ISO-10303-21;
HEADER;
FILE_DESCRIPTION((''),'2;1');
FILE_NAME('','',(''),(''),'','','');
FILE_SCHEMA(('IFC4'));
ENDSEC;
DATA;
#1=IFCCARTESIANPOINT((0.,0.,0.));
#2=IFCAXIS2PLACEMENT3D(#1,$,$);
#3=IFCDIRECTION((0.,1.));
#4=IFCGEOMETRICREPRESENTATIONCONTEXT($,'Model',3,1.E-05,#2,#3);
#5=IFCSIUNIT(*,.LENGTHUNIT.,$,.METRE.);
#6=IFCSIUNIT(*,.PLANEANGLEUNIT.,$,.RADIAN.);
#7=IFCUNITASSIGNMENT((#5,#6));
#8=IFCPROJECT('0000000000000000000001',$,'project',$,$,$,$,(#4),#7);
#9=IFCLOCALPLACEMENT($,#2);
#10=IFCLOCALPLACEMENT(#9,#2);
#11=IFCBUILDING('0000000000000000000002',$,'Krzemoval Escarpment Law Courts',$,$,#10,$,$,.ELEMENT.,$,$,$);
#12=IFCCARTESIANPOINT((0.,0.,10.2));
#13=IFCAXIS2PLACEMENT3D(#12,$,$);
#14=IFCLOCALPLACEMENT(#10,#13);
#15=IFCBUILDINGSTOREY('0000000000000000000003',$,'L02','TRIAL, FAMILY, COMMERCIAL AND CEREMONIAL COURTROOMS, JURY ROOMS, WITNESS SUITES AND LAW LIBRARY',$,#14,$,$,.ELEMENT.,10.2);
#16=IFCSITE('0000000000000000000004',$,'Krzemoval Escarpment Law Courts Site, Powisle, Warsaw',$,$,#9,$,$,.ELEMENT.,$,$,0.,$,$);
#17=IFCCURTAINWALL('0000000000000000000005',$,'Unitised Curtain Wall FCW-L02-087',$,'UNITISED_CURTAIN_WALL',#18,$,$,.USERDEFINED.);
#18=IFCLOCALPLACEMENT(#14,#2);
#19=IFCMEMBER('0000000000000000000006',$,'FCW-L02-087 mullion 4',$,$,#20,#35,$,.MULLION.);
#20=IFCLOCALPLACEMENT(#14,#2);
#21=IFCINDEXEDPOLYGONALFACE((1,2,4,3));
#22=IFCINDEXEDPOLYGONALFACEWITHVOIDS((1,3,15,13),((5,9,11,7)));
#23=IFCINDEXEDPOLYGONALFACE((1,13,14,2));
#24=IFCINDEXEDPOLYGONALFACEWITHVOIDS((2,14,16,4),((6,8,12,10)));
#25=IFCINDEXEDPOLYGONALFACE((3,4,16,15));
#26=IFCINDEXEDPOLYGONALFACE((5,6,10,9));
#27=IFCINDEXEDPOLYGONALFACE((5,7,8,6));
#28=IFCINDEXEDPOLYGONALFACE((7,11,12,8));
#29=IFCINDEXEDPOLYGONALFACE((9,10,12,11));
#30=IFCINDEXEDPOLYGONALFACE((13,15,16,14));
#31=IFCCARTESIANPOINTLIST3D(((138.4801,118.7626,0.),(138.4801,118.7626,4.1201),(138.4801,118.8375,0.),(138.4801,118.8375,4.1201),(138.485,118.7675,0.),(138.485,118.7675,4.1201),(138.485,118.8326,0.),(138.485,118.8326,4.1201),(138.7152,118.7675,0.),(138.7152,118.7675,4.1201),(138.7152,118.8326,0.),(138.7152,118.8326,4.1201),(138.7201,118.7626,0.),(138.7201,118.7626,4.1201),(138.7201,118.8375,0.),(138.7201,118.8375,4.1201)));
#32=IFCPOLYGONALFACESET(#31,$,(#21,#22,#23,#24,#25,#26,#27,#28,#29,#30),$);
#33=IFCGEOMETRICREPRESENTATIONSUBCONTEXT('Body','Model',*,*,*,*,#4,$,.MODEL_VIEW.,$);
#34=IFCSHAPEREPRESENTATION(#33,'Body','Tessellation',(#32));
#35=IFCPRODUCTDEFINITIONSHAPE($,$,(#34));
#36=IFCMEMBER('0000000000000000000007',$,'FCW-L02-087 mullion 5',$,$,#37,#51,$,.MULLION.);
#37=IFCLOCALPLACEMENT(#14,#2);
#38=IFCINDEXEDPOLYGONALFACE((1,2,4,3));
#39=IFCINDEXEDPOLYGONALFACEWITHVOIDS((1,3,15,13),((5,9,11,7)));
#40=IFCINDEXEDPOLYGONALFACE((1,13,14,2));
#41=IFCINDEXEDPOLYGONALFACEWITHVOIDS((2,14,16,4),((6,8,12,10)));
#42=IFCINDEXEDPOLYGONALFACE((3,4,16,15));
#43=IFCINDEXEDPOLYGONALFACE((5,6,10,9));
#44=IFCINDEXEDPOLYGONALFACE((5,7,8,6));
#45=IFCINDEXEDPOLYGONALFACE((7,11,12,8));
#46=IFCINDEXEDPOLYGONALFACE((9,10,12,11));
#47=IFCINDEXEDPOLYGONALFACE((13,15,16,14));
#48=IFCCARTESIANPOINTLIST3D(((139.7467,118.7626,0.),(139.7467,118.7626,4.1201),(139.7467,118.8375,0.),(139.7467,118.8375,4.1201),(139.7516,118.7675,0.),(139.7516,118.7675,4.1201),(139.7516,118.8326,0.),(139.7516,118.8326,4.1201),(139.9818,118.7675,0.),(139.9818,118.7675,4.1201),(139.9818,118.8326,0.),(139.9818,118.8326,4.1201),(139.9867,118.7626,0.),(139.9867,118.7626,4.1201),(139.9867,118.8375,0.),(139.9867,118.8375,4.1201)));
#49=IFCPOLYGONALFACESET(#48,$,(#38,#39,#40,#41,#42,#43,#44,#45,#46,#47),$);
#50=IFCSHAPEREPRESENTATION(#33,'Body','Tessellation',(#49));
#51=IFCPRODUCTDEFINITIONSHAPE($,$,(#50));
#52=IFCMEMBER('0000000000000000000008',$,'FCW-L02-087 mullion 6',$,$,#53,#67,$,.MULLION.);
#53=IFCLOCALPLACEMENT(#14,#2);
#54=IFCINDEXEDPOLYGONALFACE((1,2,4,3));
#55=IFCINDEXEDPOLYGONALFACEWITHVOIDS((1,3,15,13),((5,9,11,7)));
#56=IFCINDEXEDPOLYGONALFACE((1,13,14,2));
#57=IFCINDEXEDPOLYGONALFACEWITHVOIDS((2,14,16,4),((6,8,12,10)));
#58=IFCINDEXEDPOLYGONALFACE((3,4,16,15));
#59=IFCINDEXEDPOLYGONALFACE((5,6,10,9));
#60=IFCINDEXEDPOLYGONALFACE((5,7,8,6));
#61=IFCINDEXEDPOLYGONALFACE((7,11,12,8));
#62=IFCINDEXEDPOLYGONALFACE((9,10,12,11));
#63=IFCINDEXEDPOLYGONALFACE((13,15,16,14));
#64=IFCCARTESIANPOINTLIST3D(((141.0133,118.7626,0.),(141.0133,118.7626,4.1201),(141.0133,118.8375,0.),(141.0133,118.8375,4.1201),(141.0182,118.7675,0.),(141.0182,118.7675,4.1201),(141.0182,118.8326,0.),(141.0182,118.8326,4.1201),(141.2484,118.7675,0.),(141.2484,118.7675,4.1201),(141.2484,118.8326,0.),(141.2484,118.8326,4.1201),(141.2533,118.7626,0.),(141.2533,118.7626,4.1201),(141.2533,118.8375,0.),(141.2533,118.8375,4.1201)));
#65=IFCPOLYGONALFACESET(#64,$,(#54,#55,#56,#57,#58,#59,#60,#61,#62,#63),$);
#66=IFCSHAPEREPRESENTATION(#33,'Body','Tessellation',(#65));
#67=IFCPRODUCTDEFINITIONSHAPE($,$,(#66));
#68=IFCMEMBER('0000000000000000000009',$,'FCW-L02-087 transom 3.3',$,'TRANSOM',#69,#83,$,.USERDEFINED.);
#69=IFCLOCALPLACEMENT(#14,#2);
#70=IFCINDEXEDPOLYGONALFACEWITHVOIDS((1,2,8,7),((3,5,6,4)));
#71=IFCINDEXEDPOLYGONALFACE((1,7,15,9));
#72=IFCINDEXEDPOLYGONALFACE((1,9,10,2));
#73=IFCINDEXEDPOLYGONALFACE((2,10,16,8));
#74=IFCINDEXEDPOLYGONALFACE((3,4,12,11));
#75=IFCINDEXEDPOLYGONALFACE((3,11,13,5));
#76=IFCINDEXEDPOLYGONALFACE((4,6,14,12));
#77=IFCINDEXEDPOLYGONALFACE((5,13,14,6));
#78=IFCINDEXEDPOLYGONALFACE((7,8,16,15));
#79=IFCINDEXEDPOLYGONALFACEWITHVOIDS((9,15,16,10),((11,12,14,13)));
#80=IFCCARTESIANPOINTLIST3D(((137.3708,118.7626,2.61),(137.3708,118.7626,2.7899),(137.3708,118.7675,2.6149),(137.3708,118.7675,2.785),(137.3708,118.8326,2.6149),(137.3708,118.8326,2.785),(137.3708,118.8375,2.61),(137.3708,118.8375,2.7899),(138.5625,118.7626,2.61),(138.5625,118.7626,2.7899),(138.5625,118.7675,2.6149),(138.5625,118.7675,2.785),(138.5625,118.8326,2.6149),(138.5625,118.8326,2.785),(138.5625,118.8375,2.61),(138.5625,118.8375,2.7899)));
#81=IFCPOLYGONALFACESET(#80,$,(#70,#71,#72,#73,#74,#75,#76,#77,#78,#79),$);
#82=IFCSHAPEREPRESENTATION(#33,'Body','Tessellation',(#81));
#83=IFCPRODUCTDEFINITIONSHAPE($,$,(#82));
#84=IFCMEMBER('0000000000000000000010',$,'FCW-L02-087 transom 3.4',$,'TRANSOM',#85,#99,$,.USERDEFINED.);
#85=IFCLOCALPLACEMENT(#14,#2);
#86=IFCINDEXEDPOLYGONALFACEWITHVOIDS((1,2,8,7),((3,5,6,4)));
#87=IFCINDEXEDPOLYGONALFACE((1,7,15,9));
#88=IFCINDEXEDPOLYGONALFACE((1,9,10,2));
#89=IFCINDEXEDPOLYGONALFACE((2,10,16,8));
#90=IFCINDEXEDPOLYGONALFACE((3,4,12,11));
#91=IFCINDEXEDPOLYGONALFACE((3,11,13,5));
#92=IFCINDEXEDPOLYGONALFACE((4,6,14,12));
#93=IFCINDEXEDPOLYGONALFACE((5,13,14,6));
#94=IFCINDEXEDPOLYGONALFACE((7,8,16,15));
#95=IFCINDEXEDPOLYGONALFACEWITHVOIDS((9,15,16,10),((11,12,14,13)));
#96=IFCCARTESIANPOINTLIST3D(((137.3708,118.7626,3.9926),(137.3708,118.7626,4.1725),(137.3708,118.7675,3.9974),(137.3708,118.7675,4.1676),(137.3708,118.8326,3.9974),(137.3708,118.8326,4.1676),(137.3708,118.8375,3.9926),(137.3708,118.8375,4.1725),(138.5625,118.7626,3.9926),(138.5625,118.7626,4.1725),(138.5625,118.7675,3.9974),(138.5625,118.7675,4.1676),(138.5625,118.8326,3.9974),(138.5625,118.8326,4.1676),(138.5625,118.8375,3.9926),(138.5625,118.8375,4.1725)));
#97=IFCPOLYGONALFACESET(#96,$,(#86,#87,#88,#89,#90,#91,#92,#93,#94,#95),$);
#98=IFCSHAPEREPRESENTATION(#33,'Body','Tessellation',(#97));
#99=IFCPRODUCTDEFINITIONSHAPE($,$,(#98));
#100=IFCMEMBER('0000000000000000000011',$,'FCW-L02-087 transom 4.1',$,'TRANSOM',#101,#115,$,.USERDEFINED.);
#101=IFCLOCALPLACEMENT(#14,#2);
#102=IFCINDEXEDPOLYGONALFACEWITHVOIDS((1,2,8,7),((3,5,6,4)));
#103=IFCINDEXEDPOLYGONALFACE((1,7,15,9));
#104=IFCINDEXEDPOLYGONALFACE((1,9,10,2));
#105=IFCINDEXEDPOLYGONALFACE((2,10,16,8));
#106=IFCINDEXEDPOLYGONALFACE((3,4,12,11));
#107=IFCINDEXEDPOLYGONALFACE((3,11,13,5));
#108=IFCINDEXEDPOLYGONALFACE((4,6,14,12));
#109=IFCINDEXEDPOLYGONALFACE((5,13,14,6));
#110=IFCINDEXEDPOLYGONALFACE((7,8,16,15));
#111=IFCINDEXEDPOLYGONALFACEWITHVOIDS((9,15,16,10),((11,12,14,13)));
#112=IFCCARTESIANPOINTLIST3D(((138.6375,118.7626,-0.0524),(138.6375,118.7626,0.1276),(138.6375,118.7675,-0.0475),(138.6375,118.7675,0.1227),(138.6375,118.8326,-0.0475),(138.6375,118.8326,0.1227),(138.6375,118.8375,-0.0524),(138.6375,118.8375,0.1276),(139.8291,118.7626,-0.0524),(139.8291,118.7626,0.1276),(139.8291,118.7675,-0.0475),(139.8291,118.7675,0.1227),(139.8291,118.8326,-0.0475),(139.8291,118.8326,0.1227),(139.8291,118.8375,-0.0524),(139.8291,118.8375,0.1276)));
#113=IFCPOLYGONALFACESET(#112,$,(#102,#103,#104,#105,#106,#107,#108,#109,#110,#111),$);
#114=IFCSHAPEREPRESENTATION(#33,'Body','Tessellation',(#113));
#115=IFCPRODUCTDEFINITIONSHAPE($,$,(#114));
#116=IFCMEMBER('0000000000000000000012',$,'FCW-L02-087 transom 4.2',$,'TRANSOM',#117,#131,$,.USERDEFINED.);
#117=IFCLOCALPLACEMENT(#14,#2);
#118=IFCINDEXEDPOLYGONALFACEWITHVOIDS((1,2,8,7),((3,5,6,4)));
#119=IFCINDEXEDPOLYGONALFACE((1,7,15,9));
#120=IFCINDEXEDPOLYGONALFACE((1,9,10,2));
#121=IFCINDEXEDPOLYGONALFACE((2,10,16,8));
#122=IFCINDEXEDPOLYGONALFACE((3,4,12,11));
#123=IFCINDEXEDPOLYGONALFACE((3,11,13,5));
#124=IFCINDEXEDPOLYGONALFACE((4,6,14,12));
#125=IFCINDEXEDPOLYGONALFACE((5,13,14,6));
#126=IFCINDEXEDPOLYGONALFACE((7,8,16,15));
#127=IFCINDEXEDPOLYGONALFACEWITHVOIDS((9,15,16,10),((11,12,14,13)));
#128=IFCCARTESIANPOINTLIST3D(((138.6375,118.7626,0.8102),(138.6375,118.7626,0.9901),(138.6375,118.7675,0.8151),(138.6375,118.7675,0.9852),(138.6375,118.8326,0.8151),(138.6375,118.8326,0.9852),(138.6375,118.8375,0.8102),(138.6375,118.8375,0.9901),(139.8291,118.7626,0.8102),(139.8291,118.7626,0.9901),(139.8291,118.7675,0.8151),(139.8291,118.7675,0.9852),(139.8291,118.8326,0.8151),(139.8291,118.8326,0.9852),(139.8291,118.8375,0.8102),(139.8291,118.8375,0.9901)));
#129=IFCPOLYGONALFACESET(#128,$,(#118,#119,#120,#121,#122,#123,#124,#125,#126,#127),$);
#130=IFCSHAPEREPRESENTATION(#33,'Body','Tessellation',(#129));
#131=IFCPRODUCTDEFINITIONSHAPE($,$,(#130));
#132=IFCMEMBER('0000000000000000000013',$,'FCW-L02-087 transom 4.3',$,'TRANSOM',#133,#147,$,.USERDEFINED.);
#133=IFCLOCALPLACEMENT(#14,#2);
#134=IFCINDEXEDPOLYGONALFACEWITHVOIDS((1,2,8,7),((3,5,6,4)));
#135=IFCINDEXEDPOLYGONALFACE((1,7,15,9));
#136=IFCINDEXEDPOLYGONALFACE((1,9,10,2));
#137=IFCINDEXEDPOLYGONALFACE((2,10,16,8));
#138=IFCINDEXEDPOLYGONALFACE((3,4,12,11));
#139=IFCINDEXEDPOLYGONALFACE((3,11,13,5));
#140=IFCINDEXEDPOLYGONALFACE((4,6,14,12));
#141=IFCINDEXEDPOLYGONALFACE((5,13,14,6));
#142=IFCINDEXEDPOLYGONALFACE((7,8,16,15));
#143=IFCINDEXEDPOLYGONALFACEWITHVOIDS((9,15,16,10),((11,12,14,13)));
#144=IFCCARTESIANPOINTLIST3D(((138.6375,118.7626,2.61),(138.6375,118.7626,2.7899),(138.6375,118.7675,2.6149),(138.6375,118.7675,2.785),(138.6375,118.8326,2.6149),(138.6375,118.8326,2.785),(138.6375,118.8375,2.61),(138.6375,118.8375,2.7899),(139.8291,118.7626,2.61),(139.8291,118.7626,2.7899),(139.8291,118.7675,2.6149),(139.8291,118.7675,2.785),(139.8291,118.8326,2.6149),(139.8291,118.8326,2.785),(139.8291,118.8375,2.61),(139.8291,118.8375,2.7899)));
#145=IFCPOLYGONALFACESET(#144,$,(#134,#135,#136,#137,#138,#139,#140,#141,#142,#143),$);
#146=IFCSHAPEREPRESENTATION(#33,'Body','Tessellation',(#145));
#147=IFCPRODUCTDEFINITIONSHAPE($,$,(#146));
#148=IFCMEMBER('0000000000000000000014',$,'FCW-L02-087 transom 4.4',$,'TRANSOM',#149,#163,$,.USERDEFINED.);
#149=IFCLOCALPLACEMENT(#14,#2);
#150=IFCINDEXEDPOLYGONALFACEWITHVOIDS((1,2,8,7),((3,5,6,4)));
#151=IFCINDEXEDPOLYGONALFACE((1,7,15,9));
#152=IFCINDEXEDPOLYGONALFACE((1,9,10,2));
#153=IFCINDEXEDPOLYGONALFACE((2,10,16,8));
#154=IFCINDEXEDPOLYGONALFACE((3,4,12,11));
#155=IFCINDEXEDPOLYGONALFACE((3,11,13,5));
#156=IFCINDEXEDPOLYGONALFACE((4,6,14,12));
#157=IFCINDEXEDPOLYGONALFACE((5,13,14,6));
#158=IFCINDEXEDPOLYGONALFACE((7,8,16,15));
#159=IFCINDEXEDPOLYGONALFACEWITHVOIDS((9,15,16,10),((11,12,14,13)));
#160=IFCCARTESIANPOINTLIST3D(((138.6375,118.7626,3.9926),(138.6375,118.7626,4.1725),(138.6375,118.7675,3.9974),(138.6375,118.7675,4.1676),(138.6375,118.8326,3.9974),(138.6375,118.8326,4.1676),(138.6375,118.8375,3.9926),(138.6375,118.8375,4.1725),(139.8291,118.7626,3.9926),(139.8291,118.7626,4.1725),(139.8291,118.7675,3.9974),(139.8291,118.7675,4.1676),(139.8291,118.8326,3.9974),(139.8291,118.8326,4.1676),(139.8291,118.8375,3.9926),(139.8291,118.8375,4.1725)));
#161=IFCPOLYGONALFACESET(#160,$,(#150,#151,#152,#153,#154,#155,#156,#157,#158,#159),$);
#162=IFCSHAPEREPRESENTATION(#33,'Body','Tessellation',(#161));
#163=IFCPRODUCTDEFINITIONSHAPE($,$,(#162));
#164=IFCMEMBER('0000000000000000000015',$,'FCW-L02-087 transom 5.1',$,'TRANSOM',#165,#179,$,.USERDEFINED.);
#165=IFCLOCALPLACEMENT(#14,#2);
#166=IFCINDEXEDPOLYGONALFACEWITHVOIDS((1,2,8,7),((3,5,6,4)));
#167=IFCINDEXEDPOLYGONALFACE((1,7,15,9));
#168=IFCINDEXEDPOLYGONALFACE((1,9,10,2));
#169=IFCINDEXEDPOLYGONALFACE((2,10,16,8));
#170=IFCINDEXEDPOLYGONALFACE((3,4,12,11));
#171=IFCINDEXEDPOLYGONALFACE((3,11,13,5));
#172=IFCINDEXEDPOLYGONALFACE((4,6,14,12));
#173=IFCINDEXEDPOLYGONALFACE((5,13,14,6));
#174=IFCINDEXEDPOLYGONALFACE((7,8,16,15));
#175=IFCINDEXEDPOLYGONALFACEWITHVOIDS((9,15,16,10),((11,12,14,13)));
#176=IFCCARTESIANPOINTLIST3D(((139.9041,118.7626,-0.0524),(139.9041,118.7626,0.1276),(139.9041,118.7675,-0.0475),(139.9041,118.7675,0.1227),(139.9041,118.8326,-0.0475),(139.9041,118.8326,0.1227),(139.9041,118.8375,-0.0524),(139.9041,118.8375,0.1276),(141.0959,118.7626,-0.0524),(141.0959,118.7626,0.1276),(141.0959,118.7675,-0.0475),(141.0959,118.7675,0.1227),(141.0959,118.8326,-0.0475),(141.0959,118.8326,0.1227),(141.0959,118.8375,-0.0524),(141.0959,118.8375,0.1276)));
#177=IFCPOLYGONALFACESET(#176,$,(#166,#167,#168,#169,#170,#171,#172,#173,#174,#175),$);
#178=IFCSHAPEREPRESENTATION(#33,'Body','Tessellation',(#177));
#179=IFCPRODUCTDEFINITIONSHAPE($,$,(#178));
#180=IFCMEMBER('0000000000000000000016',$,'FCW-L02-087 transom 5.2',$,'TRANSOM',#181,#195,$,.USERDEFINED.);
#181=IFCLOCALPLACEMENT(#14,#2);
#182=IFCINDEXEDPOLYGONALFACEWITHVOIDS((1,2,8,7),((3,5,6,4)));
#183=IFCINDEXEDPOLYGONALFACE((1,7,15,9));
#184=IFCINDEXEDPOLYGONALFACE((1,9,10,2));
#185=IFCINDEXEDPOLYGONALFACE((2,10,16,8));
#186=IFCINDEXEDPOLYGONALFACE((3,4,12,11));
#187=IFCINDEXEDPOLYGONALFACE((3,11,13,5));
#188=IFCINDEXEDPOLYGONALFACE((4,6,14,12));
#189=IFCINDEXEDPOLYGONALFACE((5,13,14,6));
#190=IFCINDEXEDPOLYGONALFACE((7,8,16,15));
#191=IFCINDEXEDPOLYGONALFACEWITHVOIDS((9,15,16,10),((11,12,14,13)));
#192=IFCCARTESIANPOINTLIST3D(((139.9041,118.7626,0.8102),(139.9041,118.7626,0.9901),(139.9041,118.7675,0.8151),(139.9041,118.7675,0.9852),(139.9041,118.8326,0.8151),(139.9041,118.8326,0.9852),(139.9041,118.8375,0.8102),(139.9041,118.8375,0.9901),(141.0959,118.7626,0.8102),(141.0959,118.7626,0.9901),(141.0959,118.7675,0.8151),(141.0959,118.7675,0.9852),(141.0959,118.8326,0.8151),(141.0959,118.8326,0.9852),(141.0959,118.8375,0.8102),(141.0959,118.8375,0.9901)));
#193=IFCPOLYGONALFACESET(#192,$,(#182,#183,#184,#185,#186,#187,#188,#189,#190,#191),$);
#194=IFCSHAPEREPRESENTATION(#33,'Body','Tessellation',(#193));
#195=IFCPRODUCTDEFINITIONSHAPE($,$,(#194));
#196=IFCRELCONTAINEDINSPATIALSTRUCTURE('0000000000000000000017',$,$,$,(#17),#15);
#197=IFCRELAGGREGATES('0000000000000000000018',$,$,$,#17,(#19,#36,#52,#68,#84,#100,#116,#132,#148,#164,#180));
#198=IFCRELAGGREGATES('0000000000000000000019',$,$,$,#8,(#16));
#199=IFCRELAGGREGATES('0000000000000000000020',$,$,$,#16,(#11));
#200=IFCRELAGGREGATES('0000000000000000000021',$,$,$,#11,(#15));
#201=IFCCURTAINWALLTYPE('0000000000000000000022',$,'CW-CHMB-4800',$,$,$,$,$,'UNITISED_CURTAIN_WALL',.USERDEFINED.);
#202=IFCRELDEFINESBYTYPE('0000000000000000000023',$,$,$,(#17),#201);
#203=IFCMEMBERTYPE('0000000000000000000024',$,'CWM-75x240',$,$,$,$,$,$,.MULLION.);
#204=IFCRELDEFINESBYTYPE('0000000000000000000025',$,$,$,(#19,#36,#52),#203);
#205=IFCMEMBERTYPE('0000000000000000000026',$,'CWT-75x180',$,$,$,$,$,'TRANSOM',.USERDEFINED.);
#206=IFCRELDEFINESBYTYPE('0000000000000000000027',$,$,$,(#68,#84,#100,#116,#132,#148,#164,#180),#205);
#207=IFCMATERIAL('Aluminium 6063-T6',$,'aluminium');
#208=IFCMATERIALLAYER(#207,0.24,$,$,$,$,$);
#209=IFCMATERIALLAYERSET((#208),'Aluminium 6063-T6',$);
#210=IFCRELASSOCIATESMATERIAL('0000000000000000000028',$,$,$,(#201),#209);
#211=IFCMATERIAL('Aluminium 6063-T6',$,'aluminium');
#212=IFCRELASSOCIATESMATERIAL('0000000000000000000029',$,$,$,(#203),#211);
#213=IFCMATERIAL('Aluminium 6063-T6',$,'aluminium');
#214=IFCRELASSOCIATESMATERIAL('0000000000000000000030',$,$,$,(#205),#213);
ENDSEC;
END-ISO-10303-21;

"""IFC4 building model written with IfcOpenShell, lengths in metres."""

from ifc_helpers import new_model, si_unit, direction, frame, origin, origin_2d, place, context, subcontext, project, spatial, hollow_rectangle, extrude, material, layer, layer_set, material_profile, profile_set, type_object, element, aggregate, save


model = new_model("IFC4")

# Units and contexts
model_context = context("Model", 3, precision=1e-05, world=origin(), true_north=direction((0.0, 1.0)))
body_context = subcontext(model_context, "Body", "Model", "MODEL_VIEW")
ifc_project = project(units=[si_unit("LENGTHUNIT", "METRE"), si_unit("PLANEANGLEUNIT", "RADIAN")], contexts=[model_context])

# Site, building, storey
site_placement = place(None, origin())
site = spatial("IfcSite", under=ifc_project, at=site_placement, Name="Krzemoval Escarpment Law Courts Site, Powisle, Warsaw", CompositionType="ELEMENT", RefElevation=0.0)
building_placement = place(site_placement, origin())
building = spatial("IfcBuilding", under=site, at=building_placement, Name="Krzemoval Escarpment Law Courts", CompositionType="ELEMENT")
storey_placement = place(building_placement, frame((0.0, 0.0, 10.2)))
storey = spatial("IfcBuildingStorey", under=building, at=storey_placement, Name="L02", Description="TRIAL, FAMILY, COMMERCIAL AND CEREMONIAL COURTROOMS, JURY ROOMS, WITNESS SUITES AND LAW LIBRARY", CompositionType="ELEMENT", Elevation=10.2)

# Curtain wall, members
ifc_material_1 = material(Name="Aluminium 6063-T6", Category="aluminium")
ifc_layer_1 = layer(ifc_material_1, 0.24)
ifc_layer_set_1 = layer_set([ifc_layer_1], Name="Aluminium 6063-T6")
curtain_wall_type = type_object("IfcCurtainWallType", Name="CW-CHMB-4800", ElementType="UNITISED_CURTAIN_WALL", PredefinedType="USERDEFINED", material=ifc_layer_set_1)
curtain_wall_placement = place(storey_placement, origin())
curtain_wall = element("IfcCurtainWall", 1, at=curtain_wall_placement, inside=storey, type_object=curtain_wall_type, Name="Unitised Curtain Wall FCW-L02-087", ObjectType="UNITISED_CURTAIN_WALL", PredefinedType="USERDEFINED")
ifc_material_2 = material(Name="Aluminium 6063-T6", Category="aluminium")
ifc_material_profile_1 = material_profile(ifc_material_2, hollow_rectangle(XDim=0.075, YDim=0.24, WallThickness=0.0049, at=origin_2d()), Name="ALU M75x240")
ifc_profile_set_1 = profile_set([ifc_material_profile_1], Name="Aluminium 6063-T6")
member_type_1 = type_object("IfcMemberType", Name="CWM-75x240", PredefinedType="MULLION", material=ifc_profile_set_1)
member_1_placement = place(storey_placement, frame((138.6001, 118.8, 0.0), z_axis=(0.0, 0.0, 1.0), x_axis=(0.0, 1.0, 0.0)))
member_1 = element("IfcMember", 2, at=member_1_placement, type_object=member_type_1, Name="FCW-L02-087 mullion 4", PredefinedType="MULLION", context=body_context, shape_type="SweptSolid", body=[
    extrude(hollow_rectangle(XDim=0.075, YDim=0.24, WallThickness=0.0049, at=origin_2d()), origin(), (0.0, 0.0, 1.0), 4.1201),
])
member_2_placement = place(storey_placement, frame((139.8667, 118.8, 0.0), z_axis=(0.0, 0.0, 1.0), x_axis=(0.0, 1.0, 0.0)))
member_2 = element("IfcMember", 3, at=member_2_placement, type_object=member_type_1, Name="FCW-L02-087 mullion 5", PredefinedType="MULLION", context=body_context, shape_type="SweptSolid", body=[
    extrude(hollow_rectangle(XDim=0.075, YDim=0.24, WallThickness=0.0049, at=origin_2d()), origin(), (0.0, 0.0, 1.0), 4.1201),
])
member_3_placement = place(storey_placement, frame((141.1333, 118.8, 0.0), z_axis=(0.0, 0.0, 1.0), x_axis=(0.0, 1.0, 0.0)))
member_3 = element("IfcMember", 4, at=member_3_placement, type_object=member_type_1, Name="FCW-L02-087 mullion 6", PredefinedType="MULLION", context=body_context, shape_type="SweptSolid", body=[
    extrude(hollow_rectangle(XDim=0.075, YDim=0.24, WallThickness=0.0049, at=origin_2d()), origin(), (0.0, 0.0, 1.0), 4.1201),
])
ifc_material_3 = material(Name="Aluminium 6063-T6", Category="aluminium")
ifc_material_profile_2 = material_profile(ifc_material_3, hollow_rectangle(XDim=0.075, YDim=0.1799, WallThickness=0.0049, at=origin_2d()), Name="ALU T75x180")
ifc_profile_set_2 = profile_set([ifc_material_profile_2], Name="Aluminium 6063-T6")
member_type_2 = type_object("IfcMemberType", Name="CWT-75x180", ElementType="TRANSOM", PredefinedType="USERDEFINED", material=ifc_profile_set_2)
member_4_placement = place(storey_placement, frame((137.3708, 118.8, 2.7), z_axis=(1.0, 0.0, 0.0), x_axis=(0.0, 1.0, 0.0)))
member_4 = element("IfcMember", 5, at=member_4_placement, type_object=member_type_2, Name="FCW-L02-087 transom 3.3", ObjectType="TRANSOM", PredefinedType="USERDEFINED", context=body_context, shape_type="SweptSolid", body=[
    extrude(hollow_rectangle(XDim=0.075, YDim=0.1799, WallThickness=0.0049, at=origin_2d()), origin(), (0.0, 0.0, 1.0), 1.1917),
])
member_5_placement = place(storey_placement, frame((137.3708, 118.8, 4.0825), z_axis=(1.0, 0.0, 0.0), x_axis=(0.0, 1.0, 0.0)))
member_5 = element("IfcMember", 6, at=member_5_placement, type_object=member_type_2, Name="FCW-L02-087 transom 3.4", ObjectType="TRANSOM", PredefinedType="USERDEFINED", context=body_context, shape_type="SweptSolid", body=[
    extrude(hollow_rectangle(XDim=0.075, YDim=0.1799, WallThickness=0.0049, at=origin_2d()), origin(), (0.0, 0.0, 1.0), 1.1917),
])
member_6_placement = place(storey_placement, frame((138.6375, 118.8, 0.0376), z_axis=(1.0, 0.0, 0.0), x_axis=(0.0, 1.0, 0.0)))
member_6 = element("IfcMember", 7, at=member_6_placement, type_object=member_type_2, Name="FCW-L02-087 transom 4.1", ObjectType="TRANSOM", PredefinedType="USERDEFINED", context=body_context, shape_type="SweptSolid", body=[
    extrude(hollow_rectangle(XDim=0.075, YDim=0.1799, WallThickness=0.0049, at=origin_2d()), origin(), (0.0, 0.0, 1.0), 1.1917),
])
member_7_placement = place(storey_placement, frame((138.6375, 118.8, 0.9001), z_axis=(1.0, 0.0, 0.0), x_axis=(0.0, 1.0, 0.0)))
member_7 = element("IfcMember", 8, at=member_7_placement, type_object=member_type_2, Name="FCW-L02-087 transom 4.2", ObjectType="TRANSOM", PredefinedType="USERDEFINED", context=body_context, shape_type="SweptSolid", body=[
    extrude(hollow_rectangle(XDim=0.075, YDim=0.1799, WallThickness=0.0049, at=origin_2d()), origin(), (0.0, 0.0, 1.0), 1.1917),
])
member_8_placement = place(storey_placement, frame((138.6375, 118.8, 2.7), z_axis=(1.0, 0.0, 0.0), x_axis=(0.0, 1.0, 0.0)))
member_8 = element("IfcMember", 9, at=member_8_placement, type_object=member_type_2, Name="FCW-L02-087 transom 4.3", ObjectType="TRANSOM", PredefinedType="USERDEFINED", context=body_context, shape_type="SweptSolid", body=[
    extrude(hollow_rectangle(XDim=0.075, YDim=0.1799, WallThickness=0.0049, at=origin_2d()), origin(), (0.0, 0.0, 1.0), 1.1917),
])
member_9_placement = place(storey_placement, frame((138.6375, 118.8, 4.0825), z_axis=(1.0, 0.0, 0.0), x_axis=(0.0, 1.0, 0.0)))
member_9 = element("IfcMember", 10, at=member_9_placement, type_object=member_type_2, Name="FCW-L02-087 transom 4.4", ObjectType="TRANSOM", PredefinedType="USERDEFINED", context=body_context, shape_type="SweptSolid", body=[
    extrude(hollow_rectangle(XDim=0.075, YDim=0.1799, WallThickness=0.0049, at=origin_2d()), origin(), (0.0, 0.0, 1.0), 1.1917),
])
member_10_placement = place(storey_placement, frame((139.9041, 118.8, 0.0376), z_axis=(1.0, 0.0, 0.0), x_axis=(0.0, 1.0, 0.0)))
member_10 = element("IfcMember", 11, at=member_10_placement, type_object=member_type_2, Name="FCW-L02-087 transom 5.1", ObjectType="TRANSOM", PredefinedType="USERDEFINED", context=body_context, shape_type="SweptSolid", body=[
    extrude(hollow_rectangle(XDim=0.075, YDim=0.1799, WallThickness=0.0049, at=origin_2d()), origin(), (0.0, 0.0, 1.0), 1.1919),
])
member_11_placement = place(storey_placement, frame((139.9041, 118.8, 0.9001), z_axis=(1.0, 0.0, 0.0), x_axis=(0.0, 1.0, 0.0)))
member_11 = element("IfcMember", 12, at=member_11_placement, type_object=member_type_2, Name="FCW-L02-087 transom 5.2", ObjectType="TRANSOM", PredefinedType="USERDEFINED", context=body_context, shape_type="SweptSolid", body=[
    extrude(hollow_rectangle(XDim=0.075, YDim=0.1799, WallThickness=0.0049, at=origin_2d()), origin(), (0.0, 0.0, 1.0), 1.1919),
])
aggregate(curtain_wall, [member_1, member_2, member_3, member_4, member_5, member_6, member_7, member_8, member_9, member_10, member_11])

save(model, "model.ifc")
